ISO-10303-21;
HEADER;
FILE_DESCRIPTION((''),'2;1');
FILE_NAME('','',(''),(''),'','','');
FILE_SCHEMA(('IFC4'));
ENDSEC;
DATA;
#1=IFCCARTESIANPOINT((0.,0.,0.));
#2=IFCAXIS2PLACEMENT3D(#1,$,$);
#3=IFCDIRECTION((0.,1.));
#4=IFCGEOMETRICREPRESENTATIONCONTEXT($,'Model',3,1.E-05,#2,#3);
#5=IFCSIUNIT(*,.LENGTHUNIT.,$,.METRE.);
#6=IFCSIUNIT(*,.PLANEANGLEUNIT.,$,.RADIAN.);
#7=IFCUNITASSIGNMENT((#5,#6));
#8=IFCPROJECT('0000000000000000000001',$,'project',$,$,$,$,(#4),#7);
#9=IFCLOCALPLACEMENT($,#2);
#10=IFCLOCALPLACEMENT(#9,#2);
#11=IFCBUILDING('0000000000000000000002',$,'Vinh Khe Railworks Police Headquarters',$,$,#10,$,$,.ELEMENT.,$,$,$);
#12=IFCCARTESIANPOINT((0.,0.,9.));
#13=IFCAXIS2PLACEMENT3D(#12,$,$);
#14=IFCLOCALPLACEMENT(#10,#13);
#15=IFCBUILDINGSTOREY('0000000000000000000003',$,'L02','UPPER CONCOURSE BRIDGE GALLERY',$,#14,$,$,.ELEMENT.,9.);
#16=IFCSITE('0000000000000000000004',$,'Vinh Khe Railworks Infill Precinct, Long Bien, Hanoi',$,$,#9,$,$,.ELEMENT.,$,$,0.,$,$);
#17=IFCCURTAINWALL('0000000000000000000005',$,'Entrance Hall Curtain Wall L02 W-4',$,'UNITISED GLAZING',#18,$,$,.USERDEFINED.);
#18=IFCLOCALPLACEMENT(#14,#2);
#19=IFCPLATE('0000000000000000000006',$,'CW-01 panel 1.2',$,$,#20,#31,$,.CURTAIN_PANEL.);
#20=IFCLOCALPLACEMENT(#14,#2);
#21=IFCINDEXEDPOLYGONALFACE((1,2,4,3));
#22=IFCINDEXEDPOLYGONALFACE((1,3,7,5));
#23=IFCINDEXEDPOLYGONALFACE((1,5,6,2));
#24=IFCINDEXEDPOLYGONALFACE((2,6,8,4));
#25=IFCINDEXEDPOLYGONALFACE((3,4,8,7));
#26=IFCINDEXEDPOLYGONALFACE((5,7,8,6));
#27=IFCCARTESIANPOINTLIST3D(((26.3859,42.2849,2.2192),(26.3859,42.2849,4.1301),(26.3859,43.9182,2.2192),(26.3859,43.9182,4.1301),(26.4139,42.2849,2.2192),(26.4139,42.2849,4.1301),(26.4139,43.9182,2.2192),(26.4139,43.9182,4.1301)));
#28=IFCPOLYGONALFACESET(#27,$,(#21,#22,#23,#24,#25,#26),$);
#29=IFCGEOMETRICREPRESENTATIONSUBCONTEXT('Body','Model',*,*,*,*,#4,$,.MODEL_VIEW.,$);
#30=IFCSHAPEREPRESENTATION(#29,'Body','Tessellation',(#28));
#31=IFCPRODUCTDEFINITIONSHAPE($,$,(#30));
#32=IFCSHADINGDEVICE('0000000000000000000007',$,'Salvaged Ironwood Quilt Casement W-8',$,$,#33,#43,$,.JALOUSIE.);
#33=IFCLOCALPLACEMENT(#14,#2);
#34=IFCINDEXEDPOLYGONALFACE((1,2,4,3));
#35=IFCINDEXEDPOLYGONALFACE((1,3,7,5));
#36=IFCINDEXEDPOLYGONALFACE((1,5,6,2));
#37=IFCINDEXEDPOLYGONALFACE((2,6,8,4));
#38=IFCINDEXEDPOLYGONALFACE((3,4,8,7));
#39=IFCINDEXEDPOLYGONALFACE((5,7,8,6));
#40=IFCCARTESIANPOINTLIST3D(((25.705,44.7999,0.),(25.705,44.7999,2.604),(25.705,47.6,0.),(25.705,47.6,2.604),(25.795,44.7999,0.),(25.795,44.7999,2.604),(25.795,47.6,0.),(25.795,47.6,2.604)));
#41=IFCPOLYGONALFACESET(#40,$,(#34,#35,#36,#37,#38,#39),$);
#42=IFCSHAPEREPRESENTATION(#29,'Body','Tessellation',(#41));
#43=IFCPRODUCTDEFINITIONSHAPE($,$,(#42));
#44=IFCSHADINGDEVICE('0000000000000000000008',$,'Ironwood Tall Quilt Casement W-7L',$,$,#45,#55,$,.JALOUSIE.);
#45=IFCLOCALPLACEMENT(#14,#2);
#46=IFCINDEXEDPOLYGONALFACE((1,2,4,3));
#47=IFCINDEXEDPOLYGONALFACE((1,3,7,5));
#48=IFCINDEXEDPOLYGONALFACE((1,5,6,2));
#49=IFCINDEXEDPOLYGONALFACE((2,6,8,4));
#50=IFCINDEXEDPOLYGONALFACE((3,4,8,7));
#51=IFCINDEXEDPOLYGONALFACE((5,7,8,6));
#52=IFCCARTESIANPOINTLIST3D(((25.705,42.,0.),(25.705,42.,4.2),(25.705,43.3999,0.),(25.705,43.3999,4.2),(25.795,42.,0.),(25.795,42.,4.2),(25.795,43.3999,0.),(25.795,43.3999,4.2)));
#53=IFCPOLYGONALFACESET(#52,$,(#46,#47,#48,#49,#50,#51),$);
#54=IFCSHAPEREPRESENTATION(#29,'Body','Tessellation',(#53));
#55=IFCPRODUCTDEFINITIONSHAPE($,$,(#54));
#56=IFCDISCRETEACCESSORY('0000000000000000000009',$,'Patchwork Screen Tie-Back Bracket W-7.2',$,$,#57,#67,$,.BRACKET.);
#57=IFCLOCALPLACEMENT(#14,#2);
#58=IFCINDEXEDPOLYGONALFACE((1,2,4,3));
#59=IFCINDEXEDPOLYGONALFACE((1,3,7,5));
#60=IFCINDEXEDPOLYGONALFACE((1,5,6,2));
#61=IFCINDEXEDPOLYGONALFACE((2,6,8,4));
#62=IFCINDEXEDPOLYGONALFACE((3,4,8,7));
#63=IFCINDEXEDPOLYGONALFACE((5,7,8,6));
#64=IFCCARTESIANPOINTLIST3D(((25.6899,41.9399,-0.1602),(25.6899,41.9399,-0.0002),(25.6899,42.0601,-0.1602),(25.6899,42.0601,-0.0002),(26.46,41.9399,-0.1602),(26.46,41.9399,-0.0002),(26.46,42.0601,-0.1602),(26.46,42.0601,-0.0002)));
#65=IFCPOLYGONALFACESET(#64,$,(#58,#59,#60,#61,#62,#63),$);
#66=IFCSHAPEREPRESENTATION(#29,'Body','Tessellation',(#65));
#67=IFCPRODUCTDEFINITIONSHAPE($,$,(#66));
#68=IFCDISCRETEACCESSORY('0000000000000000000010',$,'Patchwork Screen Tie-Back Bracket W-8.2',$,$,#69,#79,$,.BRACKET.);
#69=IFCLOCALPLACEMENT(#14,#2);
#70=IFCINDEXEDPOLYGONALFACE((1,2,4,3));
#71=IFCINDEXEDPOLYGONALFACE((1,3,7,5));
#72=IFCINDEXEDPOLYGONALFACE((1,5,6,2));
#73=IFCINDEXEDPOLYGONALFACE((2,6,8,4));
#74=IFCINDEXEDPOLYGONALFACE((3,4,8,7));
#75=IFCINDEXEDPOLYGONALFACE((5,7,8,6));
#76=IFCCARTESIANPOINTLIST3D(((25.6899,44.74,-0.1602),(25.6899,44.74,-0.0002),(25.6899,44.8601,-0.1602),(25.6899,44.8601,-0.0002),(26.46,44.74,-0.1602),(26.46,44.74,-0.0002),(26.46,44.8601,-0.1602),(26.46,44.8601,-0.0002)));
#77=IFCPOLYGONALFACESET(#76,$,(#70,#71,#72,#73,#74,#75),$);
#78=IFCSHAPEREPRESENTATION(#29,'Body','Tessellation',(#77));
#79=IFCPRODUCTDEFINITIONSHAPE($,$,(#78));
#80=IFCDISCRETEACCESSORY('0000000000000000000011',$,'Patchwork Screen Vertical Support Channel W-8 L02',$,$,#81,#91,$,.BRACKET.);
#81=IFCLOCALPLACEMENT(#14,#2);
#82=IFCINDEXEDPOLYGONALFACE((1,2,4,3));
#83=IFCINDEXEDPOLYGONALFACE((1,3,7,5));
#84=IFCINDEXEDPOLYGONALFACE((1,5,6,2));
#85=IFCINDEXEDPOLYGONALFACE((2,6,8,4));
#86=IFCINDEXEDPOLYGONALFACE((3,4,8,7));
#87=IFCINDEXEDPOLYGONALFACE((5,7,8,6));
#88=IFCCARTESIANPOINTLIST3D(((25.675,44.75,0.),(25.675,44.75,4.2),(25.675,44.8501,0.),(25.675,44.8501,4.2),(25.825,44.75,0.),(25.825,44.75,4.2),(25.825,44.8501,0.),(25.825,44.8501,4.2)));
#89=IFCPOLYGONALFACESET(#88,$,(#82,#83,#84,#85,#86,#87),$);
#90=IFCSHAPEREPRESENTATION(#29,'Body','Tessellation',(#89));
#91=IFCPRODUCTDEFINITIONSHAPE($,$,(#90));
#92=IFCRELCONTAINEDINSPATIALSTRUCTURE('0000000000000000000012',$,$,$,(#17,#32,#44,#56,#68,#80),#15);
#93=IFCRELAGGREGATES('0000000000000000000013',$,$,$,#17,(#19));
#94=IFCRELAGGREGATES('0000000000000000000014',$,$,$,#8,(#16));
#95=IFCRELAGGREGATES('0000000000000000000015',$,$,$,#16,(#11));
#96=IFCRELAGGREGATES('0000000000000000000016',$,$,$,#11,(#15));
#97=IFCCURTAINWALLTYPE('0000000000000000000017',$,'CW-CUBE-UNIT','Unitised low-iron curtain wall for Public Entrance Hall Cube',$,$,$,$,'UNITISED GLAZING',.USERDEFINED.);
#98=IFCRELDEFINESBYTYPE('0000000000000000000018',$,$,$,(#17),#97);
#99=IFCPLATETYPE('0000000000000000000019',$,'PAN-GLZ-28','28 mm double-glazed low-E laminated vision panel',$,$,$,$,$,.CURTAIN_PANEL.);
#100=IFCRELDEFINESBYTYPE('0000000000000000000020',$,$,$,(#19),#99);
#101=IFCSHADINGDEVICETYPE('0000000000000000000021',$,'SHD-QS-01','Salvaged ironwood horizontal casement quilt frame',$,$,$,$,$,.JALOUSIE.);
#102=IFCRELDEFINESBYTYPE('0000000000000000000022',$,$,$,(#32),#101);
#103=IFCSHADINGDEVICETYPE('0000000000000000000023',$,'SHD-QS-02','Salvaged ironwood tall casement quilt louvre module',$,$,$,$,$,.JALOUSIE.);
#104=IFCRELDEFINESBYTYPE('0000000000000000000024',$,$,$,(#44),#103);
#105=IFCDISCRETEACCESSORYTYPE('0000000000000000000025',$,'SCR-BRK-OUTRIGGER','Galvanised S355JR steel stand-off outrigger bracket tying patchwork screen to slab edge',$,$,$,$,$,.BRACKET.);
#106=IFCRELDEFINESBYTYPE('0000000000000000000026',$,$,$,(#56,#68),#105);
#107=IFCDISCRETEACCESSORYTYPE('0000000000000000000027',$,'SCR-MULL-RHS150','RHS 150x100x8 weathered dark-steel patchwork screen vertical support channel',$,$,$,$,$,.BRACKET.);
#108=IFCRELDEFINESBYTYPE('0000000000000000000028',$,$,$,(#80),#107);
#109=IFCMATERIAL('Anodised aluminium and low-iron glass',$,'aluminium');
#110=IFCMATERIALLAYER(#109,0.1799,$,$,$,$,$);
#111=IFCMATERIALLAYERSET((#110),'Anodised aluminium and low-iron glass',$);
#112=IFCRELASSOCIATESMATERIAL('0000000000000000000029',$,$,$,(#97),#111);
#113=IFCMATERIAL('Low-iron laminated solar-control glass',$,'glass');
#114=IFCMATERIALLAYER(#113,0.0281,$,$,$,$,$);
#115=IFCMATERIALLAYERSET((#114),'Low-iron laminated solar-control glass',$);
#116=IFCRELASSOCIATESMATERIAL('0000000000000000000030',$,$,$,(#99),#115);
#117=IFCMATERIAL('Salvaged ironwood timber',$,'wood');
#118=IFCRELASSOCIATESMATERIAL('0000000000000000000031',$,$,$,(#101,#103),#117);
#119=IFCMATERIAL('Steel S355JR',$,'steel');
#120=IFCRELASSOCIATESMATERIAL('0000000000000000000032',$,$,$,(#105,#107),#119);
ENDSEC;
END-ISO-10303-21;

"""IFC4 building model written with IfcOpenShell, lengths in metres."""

from ifc_helpers import new_model, si_unit, direction, frame, origin, origin_2d, place, context, subcontext, project, spatial, rectangle, extrude, material, layer, layer_set, type_object, element, aggregate, save


model = new_model("IFC4")

# Units and contexts
model_context = context("Model", 3, precision=1e-05, world=origin(), true_north=direction((0.0, 1.0)))
body_context = subcontext(model_context, "Body", "Model", "MODEL_VIEW")
ifc_project = project(units=[si_unit("LENGTHUNIT", "METRE"), si_unit("PLANEANGLEUNIT", "RADIAN")], contexts=[model_context])

# Site, building, storey
site_placement = place(None, origin())
site = spatial("IfcSite", under=ifc_project, at=site_placement, Name="Vinh Khe Railworks Infill Precinct, Long Bien, Hanoi", CompositionType="ELEMENT", RefElevation=0.0)
building_placement = place(site_placement, origin())
building = spatial("IfcBuilding", under=site, at=building_placement, Name="Vinh Khe Railworks Police Headquarters", CompositionType="ELEMENT")
storey_placement = place(building_placement, frame((0.0, 0.0, 9.0)))
storey = spatial("IfcBuildingStorey", under=building, at=storey_placement, Name="L02", Description="UPPER CONCOURSE BRIDGE GALLERY", CompositionType="ELEMENT", Elevation=9.0)

# Shared definitions
ifc_material_1 = material(Name="Steel S355JR", Category="steel")

# Shared definitions
ifc_material_2 = material(Name="Salvaged ironwood timber", Category="wood")

# Curtain wall
ifc_material_3 = material(Name="Anodised aluminium and low-iron glass", Category="aluminium")
ifc_layer_1 = layer(ifc_material_3, 0.1799)
ifc_layer_set_1 = layer_set([ifc_layer_1], Name="Anodised aluminium and low-iron glass")
curtain_wall_type = type_object("IfcCurtainWallType", Name="CW-CUBE-UNIT", Description="Unitised low-iron curtain wall for Public Entrance Hall Cube", ElementType="UNITISED GLAZING", PredefinedType="USERDEFINED", material=ifc_layer_set_1)
curtain_wall_placement = place(storey_placement, origin())
curtain_wall = element("IfcCurtainWall", 1, at=curtain_wall_placement, inside=storey, type_object=curtain_wall_type, Name="Entrance Hall Curtain Wall L02 W-4", ObjectType="UNITISED GLAZING", PredefinedType="USERDEFINED")

# Plate
ifc_material_4 = material(Name="Low-iron laminated solar-control glass", Category="glass")
ifc_layer_2 = layer(ifc_material_4, 0.0281)
ifc_layer_set_2 = layer_set([ifc_layer_2], Name="Low-iron laminated solar-control glass")
plate_type = type_object("IfcPlateType", Name="PAN-GLZ-28", Description="28 mm double-glazed low-E laminated vision panel", PredefinedType="CURTAIN_PANEL", material=ifc_layer_set_2)
plate_1_placement = place(storey_placement, frame((26.3999, 43.1016, 2.2192), z_axis=(0.0, 0.0, 1.0), x_axis=(0.0, 1.0, 0.0)))
plate_1 = element("IfcPlate", 2, at=plate_1_placement, type_object=plate_type, Name="CW-01 panel 1.2", PredefinedType="CURTAIN_PANEL", context=body_context, shape_type="SweptSolid", body=[
    extrude(rectangle(XDim=1.6333, YDim=0.0281, at=origin_2d()), origin(), (0.0, 0.0, 1.0), 1.9109),
])
aggregate(curtain_wall, [plate_1])

# Shading devices
shading_device_type_1 = type_object("IfcShadingDeviceType", Name="SHD-QS-01", Description="Salvaged ironwood horizontal casement quilt frame", PredefinedType="JALOUSIE", material=ifc_material_2)
shading_device_1_placement = place(storey_placement, frame((25.75, 46.2, 0.0), z_axis=(0.0, 0.0, 1.0), x_axis=(0.0, 1.0, 0.0)))
element("IfcShadingDevice", 3, at=shading_device_1_placement, inside=storey, type_object=shading_device_type_1, Name="Salvaged Ironwood Quilt Casement W-8", PredefinedType="JALOUSIE", context=body_context, shape_type="SweptSolid", body=[
    extrude(rectangle(XDim=2.8, YDim=0.0901, at=origin_2d()), origin(), (0.0, 0.0, 1.0), 2.604),
])
shading_device_type_2 = type_object("IfcShadingDeviceType", Name="SHD-QS-02", Description="Salvaged ironwood tall casement quilt louvre module", PredefinedType="JALOUSIE", material=ifc_material_2)
shading_device_2_placement = place(storey_placement, frame((25.75, 42.7, 0.0), z_axis=(0.0, 0.0, 1.0), x_axis=(0.0, 1.0, 0.0)))
element("IfcShadingDevice", 4, at=shading_device_2_placement, inside=storey, type_object=shading_device_type_2, Name="Ironwood Tall Quilt Casement W-7L", PredefinedType="JALOUSIE", context=body_context, shape_type="SweptSolid", body=[
    extrude(rectangle(XDim=1.3999, YDim=0.0901, at=origin_2d()), origin(), (0.0, 0.0, 1.0), 4.2),
])

# Discrete accessories
discrete_accessory_type_1 = type_object("IfcDiscreteAccessoryType", Name="SCR-BRK-OUTRIGGER", Description="Galvanised S355JR steel stand-off outrigger bracket tying patchwork screen to slab edge", PredefinedType="BRACKET", material=ifc_material_1)
for number, where, z_axis, x_axis, name in (
    (5, (26.075, 42.0, -0.1602), (0.0, 0.0, 1.0), (1.0, 0.0, 0.0), "Patchwork Screen Tie-Back Bracket W-7.2"),
    (6, (26.075, 44.8, -0.1602), (0.0, 0.0, 1.0), (1.0, 0.0, 0.0), "Patchwork Screen Tie-Back Bracket W-8.2"),
):
    element("IfcDiscreteAccessory", number, at=place(storey_placement, frame(where, z_axis=z_axis, x_axis=x_axis)), inside=storey, type_object=discrete_accessory_type_1, Name=name, PredefinedType="BRACKET", context=body_context, shape_type="SweptSolid", body=[
        extrude(rectangle(XDim=0.77, YDim=0.1201, at=origin_2d()), origin(), (0.0, 0.0, 1.0), 0.1599),
    ])
discrete_accessory_type_2 = type_object("IfcDiscreteAccessoryType", Name="SCR-MULL-RHS150", Description="RHS 150x100x8 weathered dark-steel patchwork screen vertical support channel", PredefinedType="BRACKET", material=ifc_material_1)
discrete_accessory_placement = place(storey_placement, frame((25.75, 44.8, 0.0), z_axis=(0.0, 0.0, 1.0), x_axis=(1.0, 0.0, 0.0)))
element("IfcDiscreteAccessory", 7, at=discrete_accessory_placement, inside=storey, type_object=discrete_accessory_type_2, Name="Patchwork Screen Vertical Support Channel W-8 L02", PredefinedType="BRACKET", context=body_context, shape_type="SweptSolid", body=[
    extrude(rectangle(XDim=0.1499, YDim=0.1001, at=origin_2d()), origin(), (0.0, 0.0, 1.0), 4.2),
])

save(model, "model.ifc")
